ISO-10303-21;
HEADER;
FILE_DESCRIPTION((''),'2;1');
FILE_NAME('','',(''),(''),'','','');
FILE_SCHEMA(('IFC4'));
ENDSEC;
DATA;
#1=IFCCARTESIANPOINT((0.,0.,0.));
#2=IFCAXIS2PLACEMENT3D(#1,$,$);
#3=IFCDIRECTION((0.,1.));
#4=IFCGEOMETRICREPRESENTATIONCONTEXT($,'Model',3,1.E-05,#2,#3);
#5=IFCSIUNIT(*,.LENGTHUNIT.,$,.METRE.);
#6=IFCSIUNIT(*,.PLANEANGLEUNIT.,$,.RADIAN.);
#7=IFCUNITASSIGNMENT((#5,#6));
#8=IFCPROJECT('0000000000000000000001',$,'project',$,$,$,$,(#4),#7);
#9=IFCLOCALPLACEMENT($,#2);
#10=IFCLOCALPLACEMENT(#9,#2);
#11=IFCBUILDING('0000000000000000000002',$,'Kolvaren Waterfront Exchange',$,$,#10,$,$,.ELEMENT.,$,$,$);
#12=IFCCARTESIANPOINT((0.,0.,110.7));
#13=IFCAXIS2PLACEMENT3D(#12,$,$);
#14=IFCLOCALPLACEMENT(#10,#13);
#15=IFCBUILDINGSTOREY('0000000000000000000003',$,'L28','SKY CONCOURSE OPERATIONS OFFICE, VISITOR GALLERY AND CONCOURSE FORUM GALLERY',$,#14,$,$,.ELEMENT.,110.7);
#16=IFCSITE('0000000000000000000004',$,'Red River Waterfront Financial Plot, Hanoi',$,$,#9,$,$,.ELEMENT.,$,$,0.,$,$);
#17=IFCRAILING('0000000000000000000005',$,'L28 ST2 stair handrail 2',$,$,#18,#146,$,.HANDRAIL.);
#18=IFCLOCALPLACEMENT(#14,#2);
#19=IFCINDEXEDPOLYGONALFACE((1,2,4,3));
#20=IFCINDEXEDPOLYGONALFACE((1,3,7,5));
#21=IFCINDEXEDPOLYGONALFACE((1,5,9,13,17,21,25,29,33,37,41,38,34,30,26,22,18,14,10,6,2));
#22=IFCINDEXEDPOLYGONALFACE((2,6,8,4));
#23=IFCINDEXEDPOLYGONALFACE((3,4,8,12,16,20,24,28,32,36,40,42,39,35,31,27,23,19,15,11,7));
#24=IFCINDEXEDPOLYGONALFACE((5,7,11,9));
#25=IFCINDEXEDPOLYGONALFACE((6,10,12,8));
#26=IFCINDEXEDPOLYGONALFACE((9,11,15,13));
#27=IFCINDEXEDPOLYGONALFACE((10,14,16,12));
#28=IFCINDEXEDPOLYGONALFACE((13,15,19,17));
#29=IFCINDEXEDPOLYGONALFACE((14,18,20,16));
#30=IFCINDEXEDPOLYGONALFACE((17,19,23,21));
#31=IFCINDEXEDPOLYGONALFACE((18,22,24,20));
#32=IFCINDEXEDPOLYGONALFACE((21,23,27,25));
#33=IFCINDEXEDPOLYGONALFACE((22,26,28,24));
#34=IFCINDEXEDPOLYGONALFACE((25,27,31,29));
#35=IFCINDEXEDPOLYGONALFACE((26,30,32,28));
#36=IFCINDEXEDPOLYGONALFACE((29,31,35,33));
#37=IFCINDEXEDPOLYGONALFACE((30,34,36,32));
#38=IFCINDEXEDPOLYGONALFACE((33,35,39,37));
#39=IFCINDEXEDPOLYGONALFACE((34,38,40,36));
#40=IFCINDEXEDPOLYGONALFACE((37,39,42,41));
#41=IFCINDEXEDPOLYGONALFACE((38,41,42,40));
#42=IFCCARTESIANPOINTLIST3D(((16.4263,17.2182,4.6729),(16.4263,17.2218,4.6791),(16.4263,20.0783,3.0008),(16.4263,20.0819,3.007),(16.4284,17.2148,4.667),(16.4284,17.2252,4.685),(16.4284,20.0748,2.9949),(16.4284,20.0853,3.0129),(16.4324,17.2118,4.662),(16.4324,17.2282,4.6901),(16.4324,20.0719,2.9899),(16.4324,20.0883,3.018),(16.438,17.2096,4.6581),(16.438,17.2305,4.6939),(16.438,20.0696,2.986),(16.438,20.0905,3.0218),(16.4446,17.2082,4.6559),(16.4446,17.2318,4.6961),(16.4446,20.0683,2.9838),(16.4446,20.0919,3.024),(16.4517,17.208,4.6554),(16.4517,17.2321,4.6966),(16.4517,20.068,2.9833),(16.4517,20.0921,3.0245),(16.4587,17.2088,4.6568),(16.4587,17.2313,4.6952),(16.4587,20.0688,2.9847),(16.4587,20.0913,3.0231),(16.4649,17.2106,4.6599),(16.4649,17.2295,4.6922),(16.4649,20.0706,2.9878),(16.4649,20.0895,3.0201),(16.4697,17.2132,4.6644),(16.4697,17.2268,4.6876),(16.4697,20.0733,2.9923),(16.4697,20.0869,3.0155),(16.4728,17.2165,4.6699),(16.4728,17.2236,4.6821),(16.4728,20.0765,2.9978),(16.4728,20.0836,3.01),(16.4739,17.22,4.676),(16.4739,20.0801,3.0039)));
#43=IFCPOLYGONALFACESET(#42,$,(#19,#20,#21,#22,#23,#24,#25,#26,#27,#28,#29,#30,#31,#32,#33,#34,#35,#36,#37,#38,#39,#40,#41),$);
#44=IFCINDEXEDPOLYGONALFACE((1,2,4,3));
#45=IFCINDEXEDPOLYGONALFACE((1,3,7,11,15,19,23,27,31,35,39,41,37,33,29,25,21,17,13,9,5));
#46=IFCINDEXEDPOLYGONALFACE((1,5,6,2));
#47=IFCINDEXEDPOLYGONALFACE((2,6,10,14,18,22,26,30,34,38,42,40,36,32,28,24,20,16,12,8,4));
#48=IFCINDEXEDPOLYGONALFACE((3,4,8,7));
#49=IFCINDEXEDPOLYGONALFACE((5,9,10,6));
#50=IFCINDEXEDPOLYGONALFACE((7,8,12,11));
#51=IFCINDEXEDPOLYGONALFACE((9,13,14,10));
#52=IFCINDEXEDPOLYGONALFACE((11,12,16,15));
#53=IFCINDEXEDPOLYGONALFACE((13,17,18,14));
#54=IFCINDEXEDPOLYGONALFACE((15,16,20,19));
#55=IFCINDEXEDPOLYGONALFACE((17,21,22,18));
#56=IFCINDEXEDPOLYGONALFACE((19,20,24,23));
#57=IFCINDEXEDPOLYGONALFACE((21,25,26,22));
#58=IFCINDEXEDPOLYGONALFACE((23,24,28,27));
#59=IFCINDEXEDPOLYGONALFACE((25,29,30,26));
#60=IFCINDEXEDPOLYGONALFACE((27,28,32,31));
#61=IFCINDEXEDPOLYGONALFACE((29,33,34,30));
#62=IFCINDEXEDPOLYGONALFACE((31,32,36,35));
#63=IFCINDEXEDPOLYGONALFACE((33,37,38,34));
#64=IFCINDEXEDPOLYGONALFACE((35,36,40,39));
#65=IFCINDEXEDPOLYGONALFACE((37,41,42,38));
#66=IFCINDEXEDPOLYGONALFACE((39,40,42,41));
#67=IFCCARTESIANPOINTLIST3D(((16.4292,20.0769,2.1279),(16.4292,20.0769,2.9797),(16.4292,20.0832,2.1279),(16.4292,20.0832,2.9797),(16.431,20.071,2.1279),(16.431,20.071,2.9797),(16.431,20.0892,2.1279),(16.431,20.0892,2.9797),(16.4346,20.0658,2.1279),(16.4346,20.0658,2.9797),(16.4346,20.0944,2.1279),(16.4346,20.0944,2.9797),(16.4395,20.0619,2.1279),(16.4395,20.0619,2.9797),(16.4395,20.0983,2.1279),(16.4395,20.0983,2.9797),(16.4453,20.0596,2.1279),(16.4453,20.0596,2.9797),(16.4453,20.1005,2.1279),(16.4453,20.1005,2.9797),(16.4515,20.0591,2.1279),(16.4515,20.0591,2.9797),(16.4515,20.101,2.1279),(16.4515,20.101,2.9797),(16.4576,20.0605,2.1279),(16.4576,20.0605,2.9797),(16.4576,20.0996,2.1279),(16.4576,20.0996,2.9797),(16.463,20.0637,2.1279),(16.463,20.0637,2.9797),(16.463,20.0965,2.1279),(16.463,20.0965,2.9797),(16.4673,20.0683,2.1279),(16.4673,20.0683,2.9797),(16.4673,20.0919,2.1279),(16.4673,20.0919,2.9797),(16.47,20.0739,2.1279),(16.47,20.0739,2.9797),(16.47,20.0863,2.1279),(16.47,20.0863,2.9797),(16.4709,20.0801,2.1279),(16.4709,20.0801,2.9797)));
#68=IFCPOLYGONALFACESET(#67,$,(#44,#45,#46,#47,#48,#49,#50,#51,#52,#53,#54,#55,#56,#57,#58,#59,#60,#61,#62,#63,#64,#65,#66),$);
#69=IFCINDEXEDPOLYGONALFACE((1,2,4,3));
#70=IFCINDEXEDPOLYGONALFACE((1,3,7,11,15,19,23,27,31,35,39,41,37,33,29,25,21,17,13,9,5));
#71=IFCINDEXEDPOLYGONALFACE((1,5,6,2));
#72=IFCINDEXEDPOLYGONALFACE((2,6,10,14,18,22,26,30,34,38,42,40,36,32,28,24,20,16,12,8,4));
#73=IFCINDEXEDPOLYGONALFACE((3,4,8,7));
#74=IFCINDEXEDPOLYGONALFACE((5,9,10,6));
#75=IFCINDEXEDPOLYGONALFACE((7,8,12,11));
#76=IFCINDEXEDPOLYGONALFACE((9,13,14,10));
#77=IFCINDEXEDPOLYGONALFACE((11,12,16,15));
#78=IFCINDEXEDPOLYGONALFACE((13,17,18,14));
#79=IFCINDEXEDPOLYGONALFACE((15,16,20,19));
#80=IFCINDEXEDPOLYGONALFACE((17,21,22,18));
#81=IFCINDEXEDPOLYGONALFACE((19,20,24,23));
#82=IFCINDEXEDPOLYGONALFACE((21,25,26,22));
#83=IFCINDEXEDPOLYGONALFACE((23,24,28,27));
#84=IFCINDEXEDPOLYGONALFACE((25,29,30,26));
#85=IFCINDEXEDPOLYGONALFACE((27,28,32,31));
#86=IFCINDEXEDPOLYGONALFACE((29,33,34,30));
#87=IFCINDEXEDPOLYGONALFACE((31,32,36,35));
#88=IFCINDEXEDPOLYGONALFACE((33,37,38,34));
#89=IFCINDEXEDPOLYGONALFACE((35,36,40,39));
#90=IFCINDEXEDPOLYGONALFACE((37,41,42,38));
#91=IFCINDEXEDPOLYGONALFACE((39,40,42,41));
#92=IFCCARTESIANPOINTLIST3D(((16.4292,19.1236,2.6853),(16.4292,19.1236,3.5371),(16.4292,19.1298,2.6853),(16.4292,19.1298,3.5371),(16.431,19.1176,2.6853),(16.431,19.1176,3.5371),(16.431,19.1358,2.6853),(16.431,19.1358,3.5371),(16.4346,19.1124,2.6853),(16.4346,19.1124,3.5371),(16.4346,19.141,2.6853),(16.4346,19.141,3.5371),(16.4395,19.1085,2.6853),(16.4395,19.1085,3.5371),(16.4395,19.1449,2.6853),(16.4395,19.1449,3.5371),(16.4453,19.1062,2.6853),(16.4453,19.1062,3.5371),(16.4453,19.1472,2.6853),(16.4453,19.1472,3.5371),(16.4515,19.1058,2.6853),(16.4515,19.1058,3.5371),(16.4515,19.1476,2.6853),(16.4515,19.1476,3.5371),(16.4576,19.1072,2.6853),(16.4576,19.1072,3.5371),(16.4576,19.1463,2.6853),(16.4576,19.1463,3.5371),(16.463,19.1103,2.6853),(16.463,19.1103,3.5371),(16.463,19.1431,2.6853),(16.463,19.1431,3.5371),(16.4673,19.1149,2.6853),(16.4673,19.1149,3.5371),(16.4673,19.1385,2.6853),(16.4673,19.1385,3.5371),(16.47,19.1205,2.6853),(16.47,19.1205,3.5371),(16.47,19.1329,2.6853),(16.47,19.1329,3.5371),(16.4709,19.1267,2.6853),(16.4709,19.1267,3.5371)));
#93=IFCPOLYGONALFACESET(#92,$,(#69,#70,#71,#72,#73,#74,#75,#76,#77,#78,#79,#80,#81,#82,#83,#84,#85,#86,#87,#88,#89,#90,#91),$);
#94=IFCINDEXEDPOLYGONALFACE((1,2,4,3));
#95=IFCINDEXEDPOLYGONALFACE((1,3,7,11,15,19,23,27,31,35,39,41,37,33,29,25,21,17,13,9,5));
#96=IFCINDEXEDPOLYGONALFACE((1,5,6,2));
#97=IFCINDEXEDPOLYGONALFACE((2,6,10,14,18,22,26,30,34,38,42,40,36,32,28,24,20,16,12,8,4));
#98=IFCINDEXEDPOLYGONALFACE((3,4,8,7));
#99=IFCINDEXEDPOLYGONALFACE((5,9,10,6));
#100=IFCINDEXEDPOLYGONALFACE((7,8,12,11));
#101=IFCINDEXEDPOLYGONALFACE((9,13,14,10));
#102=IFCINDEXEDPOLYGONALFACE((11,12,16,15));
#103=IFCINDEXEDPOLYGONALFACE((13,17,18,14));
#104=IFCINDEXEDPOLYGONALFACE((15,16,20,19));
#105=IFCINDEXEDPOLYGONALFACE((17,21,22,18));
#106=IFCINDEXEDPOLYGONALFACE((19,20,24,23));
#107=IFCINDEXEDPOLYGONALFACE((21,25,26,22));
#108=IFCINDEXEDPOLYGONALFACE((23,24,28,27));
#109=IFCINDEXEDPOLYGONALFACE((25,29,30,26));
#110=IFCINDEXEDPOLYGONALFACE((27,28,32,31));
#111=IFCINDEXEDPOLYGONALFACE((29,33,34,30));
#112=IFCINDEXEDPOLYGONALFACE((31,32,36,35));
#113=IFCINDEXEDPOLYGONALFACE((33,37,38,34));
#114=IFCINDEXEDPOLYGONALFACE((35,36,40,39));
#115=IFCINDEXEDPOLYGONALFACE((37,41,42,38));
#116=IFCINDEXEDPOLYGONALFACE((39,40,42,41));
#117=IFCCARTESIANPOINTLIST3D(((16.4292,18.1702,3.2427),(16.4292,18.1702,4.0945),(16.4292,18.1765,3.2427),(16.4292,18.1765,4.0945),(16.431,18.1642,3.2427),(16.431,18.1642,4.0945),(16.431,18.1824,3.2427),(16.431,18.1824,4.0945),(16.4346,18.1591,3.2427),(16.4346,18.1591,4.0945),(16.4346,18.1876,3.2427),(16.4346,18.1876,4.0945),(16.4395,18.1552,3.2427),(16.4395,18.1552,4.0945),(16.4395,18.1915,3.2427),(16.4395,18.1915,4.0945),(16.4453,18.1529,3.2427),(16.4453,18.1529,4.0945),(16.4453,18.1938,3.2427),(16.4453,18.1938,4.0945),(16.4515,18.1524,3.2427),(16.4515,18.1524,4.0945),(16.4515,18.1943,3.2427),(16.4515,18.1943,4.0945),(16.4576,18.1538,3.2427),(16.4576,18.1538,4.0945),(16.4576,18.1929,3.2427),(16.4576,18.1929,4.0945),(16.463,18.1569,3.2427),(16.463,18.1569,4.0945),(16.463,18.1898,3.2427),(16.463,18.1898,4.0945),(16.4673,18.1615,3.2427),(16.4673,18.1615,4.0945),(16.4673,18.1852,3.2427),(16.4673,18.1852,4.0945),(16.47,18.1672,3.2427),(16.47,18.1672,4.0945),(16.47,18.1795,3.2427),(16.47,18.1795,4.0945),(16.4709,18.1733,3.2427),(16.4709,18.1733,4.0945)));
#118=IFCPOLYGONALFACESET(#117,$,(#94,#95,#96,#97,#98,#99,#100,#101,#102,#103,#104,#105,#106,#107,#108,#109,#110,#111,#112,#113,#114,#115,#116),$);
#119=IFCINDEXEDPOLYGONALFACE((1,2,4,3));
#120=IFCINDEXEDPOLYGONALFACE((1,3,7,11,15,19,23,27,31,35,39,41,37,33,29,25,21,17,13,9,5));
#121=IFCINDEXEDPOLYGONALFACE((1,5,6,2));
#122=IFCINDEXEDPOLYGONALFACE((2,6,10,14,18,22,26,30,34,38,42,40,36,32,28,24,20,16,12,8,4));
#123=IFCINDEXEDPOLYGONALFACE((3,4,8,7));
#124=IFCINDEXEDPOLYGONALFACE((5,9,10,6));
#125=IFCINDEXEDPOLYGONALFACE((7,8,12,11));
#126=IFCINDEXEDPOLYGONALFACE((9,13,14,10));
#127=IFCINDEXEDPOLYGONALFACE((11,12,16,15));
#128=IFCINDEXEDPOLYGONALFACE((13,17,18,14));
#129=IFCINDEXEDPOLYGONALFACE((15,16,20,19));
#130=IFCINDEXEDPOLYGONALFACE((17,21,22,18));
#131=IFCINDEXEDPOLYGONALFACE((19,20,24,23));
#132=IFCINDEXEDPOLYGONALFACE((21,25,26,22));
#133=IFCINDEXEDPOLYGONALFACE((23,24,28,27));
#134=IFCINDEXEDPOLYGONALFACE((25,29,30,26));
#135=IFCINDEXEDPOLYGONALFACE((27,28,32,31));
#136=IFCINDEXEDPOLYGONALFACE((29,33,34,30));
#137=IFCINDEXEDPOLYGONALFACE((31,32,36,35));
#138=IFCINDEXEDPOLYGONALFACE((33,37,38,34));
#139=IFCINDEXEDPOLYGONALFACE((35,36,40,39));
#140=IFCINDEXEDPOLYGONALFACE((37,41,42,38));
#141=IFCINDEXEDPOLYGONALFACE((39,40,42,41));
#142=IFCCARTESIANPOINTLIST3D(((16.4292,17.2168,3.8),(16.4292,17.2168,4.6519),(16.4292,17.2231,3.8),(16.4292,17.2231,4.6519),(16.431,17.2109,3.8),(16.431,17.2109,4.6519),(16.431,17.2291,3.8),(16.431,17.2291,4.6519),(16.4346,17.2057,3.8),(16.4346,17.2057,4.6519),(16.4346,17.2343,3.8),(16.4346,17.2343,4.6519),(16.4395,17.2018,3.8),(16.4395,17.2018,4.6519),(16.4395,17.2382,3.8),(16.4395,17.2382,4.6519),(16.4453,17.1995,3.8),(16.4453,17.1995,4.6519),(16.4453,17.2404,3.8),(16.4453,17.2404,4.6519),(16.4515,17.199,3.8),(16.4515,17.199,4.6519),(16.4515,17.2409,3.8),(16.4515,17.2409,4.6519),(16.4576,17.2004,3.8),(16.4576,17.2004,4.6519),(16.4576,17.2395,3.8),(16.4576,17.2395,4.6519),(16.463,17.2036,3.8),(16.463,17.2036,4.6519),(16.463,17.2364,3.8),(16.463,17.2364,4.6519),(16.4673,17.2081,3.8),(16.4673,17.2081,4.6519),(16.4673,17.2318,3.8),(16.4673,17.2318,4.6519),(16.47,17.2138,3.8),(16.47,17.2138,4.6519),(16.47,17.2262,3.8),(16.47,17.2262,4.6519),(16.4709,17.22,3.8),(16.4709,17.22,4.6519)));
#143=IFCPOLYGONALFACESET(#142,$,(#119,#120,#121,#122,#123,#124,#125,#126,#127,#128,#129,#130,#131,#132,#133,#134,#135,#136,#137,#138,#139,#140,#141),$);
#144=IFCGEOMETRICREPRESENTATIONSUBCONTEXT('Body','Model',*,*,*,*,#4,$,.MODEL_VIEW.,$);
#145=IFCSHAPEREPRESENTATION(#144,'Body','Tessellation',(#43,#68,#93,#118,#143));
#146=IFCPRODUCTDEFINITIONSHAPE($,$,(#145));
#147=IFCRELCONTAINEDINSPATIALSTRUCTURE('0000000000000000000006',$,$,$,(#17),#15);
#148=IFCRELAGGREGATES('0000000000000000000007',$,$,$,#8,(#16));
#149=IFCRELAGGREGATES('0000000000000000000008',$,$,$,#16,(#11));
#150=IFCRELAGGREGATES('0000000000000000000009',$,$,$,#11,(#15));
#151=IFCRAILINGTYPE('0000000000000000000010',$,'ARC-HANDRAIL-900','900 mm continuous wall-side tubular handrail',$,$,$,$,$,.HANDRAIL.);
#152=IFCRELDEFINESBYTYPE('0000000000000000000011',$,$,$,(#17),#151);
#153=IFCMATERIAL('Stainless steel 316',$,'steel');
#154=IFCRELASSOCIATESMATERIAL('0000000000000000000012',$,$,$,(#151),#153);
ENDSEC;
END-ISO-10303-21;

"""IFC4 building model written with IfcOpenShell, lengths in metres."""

from ifc_helpers import new_model, si_unit, direction, frame, origin, origin_2d, place, context, subcontext, project, spatial, circle, extrude, material, type_object, element, save


model = new_model("IFC4")

# Units and contexts
model_context = context("Model", 3, precision=1e-05, world=origin(), true_north=direction((0.0, 1.0)))
body_context = subcontext(model_context, "Body", "Model", "MODEL_VIEW")
ifc_project = project(units=[si_unit("LENGTHUNIT", "METRE"), si_unit("PLANEANGLEUNIT", "RADIAN")], contexts=[model_context])

# Site, building, storey
site_placement = place(None, origin())
site = spatial("IfcSite", under=ifc_project, at=site_placement, Name="Red River Waterfront Financial Plot, Hanoi", CompositionType="ELEMENT", RefElevation=0.0)
building_placement = place(site_placement, origin())
building = spatial("IfcBuilding", under=site, at=building_placement, Name="Kolvaren Waterfront Exchange", CompositionType="ELEMENT")
storey_placement = place(building_placement, frame((0.0, 0.0, 110.7)))
storey = spatial("IfcBuildingStorey", under=building, at=storey_placement, Name="L28", Description="SKY CONCOURSE OPERATIONS OFFICE, VISITOR GALLERY AND CONCOURSE FORUM GALLERY", CompositionType="ELEMENT", Elevation=110.7)

# Railing
ifc_material_1 = material(Name="Stainless steel 316", Category="steel")
railing_type_1 = type_object("IfcRailingType", Name="ARC-HANDRAIL-900", Description="900 mm continuous wall-side tubular handrail", PredefinedType="HANDRAIL", material=ifc_material_1)
railing_1_placement = place(storey_placement, frame((16.45, 20.0801, 2.1279)))
element("IfcRailing", 1, at=railing_1_placement, inside=storey, type_object=railing_type_1, Name="L28 ST2 stair handrail 2", PredefinedType="HANDRAIL", context=body_context, shape_type="SweptSolid", body=[
    extrude(circle(Radius=0.0239, at=origin_2d()), frame((0.0, 0.0, 0.876), z_axis=(0.0, -0.863289, 0.504709), x_axis=(1.0, 0.0, 0.0)), (0.0, 0.0, 1.0), 3.313),
    extrude(circle(Radius=0.021, at=origin_2d()), origin(), (0.0, 0.0, 1.0), 0.8518),
    extrude(circle(Radius=0.021, at=origin_2d()), frame((0.0, -0.9534, 0.5574)), (0.0, 0.0, 1.0), 0.8518),
    extrude(circle(Radius=0.021, at=origin_2d()), frame((0.0, -1.9067, 1.1147)), (0.0, 0.0, 1.0), 0.8518),
    extrude(circle(Radius=0.021, at=origin_2d()), frame((0.0, -2.8601, 1.6721)), (0.0, 0.0, 1.0), 0.8518),
])

save(model, "model.ifc")
